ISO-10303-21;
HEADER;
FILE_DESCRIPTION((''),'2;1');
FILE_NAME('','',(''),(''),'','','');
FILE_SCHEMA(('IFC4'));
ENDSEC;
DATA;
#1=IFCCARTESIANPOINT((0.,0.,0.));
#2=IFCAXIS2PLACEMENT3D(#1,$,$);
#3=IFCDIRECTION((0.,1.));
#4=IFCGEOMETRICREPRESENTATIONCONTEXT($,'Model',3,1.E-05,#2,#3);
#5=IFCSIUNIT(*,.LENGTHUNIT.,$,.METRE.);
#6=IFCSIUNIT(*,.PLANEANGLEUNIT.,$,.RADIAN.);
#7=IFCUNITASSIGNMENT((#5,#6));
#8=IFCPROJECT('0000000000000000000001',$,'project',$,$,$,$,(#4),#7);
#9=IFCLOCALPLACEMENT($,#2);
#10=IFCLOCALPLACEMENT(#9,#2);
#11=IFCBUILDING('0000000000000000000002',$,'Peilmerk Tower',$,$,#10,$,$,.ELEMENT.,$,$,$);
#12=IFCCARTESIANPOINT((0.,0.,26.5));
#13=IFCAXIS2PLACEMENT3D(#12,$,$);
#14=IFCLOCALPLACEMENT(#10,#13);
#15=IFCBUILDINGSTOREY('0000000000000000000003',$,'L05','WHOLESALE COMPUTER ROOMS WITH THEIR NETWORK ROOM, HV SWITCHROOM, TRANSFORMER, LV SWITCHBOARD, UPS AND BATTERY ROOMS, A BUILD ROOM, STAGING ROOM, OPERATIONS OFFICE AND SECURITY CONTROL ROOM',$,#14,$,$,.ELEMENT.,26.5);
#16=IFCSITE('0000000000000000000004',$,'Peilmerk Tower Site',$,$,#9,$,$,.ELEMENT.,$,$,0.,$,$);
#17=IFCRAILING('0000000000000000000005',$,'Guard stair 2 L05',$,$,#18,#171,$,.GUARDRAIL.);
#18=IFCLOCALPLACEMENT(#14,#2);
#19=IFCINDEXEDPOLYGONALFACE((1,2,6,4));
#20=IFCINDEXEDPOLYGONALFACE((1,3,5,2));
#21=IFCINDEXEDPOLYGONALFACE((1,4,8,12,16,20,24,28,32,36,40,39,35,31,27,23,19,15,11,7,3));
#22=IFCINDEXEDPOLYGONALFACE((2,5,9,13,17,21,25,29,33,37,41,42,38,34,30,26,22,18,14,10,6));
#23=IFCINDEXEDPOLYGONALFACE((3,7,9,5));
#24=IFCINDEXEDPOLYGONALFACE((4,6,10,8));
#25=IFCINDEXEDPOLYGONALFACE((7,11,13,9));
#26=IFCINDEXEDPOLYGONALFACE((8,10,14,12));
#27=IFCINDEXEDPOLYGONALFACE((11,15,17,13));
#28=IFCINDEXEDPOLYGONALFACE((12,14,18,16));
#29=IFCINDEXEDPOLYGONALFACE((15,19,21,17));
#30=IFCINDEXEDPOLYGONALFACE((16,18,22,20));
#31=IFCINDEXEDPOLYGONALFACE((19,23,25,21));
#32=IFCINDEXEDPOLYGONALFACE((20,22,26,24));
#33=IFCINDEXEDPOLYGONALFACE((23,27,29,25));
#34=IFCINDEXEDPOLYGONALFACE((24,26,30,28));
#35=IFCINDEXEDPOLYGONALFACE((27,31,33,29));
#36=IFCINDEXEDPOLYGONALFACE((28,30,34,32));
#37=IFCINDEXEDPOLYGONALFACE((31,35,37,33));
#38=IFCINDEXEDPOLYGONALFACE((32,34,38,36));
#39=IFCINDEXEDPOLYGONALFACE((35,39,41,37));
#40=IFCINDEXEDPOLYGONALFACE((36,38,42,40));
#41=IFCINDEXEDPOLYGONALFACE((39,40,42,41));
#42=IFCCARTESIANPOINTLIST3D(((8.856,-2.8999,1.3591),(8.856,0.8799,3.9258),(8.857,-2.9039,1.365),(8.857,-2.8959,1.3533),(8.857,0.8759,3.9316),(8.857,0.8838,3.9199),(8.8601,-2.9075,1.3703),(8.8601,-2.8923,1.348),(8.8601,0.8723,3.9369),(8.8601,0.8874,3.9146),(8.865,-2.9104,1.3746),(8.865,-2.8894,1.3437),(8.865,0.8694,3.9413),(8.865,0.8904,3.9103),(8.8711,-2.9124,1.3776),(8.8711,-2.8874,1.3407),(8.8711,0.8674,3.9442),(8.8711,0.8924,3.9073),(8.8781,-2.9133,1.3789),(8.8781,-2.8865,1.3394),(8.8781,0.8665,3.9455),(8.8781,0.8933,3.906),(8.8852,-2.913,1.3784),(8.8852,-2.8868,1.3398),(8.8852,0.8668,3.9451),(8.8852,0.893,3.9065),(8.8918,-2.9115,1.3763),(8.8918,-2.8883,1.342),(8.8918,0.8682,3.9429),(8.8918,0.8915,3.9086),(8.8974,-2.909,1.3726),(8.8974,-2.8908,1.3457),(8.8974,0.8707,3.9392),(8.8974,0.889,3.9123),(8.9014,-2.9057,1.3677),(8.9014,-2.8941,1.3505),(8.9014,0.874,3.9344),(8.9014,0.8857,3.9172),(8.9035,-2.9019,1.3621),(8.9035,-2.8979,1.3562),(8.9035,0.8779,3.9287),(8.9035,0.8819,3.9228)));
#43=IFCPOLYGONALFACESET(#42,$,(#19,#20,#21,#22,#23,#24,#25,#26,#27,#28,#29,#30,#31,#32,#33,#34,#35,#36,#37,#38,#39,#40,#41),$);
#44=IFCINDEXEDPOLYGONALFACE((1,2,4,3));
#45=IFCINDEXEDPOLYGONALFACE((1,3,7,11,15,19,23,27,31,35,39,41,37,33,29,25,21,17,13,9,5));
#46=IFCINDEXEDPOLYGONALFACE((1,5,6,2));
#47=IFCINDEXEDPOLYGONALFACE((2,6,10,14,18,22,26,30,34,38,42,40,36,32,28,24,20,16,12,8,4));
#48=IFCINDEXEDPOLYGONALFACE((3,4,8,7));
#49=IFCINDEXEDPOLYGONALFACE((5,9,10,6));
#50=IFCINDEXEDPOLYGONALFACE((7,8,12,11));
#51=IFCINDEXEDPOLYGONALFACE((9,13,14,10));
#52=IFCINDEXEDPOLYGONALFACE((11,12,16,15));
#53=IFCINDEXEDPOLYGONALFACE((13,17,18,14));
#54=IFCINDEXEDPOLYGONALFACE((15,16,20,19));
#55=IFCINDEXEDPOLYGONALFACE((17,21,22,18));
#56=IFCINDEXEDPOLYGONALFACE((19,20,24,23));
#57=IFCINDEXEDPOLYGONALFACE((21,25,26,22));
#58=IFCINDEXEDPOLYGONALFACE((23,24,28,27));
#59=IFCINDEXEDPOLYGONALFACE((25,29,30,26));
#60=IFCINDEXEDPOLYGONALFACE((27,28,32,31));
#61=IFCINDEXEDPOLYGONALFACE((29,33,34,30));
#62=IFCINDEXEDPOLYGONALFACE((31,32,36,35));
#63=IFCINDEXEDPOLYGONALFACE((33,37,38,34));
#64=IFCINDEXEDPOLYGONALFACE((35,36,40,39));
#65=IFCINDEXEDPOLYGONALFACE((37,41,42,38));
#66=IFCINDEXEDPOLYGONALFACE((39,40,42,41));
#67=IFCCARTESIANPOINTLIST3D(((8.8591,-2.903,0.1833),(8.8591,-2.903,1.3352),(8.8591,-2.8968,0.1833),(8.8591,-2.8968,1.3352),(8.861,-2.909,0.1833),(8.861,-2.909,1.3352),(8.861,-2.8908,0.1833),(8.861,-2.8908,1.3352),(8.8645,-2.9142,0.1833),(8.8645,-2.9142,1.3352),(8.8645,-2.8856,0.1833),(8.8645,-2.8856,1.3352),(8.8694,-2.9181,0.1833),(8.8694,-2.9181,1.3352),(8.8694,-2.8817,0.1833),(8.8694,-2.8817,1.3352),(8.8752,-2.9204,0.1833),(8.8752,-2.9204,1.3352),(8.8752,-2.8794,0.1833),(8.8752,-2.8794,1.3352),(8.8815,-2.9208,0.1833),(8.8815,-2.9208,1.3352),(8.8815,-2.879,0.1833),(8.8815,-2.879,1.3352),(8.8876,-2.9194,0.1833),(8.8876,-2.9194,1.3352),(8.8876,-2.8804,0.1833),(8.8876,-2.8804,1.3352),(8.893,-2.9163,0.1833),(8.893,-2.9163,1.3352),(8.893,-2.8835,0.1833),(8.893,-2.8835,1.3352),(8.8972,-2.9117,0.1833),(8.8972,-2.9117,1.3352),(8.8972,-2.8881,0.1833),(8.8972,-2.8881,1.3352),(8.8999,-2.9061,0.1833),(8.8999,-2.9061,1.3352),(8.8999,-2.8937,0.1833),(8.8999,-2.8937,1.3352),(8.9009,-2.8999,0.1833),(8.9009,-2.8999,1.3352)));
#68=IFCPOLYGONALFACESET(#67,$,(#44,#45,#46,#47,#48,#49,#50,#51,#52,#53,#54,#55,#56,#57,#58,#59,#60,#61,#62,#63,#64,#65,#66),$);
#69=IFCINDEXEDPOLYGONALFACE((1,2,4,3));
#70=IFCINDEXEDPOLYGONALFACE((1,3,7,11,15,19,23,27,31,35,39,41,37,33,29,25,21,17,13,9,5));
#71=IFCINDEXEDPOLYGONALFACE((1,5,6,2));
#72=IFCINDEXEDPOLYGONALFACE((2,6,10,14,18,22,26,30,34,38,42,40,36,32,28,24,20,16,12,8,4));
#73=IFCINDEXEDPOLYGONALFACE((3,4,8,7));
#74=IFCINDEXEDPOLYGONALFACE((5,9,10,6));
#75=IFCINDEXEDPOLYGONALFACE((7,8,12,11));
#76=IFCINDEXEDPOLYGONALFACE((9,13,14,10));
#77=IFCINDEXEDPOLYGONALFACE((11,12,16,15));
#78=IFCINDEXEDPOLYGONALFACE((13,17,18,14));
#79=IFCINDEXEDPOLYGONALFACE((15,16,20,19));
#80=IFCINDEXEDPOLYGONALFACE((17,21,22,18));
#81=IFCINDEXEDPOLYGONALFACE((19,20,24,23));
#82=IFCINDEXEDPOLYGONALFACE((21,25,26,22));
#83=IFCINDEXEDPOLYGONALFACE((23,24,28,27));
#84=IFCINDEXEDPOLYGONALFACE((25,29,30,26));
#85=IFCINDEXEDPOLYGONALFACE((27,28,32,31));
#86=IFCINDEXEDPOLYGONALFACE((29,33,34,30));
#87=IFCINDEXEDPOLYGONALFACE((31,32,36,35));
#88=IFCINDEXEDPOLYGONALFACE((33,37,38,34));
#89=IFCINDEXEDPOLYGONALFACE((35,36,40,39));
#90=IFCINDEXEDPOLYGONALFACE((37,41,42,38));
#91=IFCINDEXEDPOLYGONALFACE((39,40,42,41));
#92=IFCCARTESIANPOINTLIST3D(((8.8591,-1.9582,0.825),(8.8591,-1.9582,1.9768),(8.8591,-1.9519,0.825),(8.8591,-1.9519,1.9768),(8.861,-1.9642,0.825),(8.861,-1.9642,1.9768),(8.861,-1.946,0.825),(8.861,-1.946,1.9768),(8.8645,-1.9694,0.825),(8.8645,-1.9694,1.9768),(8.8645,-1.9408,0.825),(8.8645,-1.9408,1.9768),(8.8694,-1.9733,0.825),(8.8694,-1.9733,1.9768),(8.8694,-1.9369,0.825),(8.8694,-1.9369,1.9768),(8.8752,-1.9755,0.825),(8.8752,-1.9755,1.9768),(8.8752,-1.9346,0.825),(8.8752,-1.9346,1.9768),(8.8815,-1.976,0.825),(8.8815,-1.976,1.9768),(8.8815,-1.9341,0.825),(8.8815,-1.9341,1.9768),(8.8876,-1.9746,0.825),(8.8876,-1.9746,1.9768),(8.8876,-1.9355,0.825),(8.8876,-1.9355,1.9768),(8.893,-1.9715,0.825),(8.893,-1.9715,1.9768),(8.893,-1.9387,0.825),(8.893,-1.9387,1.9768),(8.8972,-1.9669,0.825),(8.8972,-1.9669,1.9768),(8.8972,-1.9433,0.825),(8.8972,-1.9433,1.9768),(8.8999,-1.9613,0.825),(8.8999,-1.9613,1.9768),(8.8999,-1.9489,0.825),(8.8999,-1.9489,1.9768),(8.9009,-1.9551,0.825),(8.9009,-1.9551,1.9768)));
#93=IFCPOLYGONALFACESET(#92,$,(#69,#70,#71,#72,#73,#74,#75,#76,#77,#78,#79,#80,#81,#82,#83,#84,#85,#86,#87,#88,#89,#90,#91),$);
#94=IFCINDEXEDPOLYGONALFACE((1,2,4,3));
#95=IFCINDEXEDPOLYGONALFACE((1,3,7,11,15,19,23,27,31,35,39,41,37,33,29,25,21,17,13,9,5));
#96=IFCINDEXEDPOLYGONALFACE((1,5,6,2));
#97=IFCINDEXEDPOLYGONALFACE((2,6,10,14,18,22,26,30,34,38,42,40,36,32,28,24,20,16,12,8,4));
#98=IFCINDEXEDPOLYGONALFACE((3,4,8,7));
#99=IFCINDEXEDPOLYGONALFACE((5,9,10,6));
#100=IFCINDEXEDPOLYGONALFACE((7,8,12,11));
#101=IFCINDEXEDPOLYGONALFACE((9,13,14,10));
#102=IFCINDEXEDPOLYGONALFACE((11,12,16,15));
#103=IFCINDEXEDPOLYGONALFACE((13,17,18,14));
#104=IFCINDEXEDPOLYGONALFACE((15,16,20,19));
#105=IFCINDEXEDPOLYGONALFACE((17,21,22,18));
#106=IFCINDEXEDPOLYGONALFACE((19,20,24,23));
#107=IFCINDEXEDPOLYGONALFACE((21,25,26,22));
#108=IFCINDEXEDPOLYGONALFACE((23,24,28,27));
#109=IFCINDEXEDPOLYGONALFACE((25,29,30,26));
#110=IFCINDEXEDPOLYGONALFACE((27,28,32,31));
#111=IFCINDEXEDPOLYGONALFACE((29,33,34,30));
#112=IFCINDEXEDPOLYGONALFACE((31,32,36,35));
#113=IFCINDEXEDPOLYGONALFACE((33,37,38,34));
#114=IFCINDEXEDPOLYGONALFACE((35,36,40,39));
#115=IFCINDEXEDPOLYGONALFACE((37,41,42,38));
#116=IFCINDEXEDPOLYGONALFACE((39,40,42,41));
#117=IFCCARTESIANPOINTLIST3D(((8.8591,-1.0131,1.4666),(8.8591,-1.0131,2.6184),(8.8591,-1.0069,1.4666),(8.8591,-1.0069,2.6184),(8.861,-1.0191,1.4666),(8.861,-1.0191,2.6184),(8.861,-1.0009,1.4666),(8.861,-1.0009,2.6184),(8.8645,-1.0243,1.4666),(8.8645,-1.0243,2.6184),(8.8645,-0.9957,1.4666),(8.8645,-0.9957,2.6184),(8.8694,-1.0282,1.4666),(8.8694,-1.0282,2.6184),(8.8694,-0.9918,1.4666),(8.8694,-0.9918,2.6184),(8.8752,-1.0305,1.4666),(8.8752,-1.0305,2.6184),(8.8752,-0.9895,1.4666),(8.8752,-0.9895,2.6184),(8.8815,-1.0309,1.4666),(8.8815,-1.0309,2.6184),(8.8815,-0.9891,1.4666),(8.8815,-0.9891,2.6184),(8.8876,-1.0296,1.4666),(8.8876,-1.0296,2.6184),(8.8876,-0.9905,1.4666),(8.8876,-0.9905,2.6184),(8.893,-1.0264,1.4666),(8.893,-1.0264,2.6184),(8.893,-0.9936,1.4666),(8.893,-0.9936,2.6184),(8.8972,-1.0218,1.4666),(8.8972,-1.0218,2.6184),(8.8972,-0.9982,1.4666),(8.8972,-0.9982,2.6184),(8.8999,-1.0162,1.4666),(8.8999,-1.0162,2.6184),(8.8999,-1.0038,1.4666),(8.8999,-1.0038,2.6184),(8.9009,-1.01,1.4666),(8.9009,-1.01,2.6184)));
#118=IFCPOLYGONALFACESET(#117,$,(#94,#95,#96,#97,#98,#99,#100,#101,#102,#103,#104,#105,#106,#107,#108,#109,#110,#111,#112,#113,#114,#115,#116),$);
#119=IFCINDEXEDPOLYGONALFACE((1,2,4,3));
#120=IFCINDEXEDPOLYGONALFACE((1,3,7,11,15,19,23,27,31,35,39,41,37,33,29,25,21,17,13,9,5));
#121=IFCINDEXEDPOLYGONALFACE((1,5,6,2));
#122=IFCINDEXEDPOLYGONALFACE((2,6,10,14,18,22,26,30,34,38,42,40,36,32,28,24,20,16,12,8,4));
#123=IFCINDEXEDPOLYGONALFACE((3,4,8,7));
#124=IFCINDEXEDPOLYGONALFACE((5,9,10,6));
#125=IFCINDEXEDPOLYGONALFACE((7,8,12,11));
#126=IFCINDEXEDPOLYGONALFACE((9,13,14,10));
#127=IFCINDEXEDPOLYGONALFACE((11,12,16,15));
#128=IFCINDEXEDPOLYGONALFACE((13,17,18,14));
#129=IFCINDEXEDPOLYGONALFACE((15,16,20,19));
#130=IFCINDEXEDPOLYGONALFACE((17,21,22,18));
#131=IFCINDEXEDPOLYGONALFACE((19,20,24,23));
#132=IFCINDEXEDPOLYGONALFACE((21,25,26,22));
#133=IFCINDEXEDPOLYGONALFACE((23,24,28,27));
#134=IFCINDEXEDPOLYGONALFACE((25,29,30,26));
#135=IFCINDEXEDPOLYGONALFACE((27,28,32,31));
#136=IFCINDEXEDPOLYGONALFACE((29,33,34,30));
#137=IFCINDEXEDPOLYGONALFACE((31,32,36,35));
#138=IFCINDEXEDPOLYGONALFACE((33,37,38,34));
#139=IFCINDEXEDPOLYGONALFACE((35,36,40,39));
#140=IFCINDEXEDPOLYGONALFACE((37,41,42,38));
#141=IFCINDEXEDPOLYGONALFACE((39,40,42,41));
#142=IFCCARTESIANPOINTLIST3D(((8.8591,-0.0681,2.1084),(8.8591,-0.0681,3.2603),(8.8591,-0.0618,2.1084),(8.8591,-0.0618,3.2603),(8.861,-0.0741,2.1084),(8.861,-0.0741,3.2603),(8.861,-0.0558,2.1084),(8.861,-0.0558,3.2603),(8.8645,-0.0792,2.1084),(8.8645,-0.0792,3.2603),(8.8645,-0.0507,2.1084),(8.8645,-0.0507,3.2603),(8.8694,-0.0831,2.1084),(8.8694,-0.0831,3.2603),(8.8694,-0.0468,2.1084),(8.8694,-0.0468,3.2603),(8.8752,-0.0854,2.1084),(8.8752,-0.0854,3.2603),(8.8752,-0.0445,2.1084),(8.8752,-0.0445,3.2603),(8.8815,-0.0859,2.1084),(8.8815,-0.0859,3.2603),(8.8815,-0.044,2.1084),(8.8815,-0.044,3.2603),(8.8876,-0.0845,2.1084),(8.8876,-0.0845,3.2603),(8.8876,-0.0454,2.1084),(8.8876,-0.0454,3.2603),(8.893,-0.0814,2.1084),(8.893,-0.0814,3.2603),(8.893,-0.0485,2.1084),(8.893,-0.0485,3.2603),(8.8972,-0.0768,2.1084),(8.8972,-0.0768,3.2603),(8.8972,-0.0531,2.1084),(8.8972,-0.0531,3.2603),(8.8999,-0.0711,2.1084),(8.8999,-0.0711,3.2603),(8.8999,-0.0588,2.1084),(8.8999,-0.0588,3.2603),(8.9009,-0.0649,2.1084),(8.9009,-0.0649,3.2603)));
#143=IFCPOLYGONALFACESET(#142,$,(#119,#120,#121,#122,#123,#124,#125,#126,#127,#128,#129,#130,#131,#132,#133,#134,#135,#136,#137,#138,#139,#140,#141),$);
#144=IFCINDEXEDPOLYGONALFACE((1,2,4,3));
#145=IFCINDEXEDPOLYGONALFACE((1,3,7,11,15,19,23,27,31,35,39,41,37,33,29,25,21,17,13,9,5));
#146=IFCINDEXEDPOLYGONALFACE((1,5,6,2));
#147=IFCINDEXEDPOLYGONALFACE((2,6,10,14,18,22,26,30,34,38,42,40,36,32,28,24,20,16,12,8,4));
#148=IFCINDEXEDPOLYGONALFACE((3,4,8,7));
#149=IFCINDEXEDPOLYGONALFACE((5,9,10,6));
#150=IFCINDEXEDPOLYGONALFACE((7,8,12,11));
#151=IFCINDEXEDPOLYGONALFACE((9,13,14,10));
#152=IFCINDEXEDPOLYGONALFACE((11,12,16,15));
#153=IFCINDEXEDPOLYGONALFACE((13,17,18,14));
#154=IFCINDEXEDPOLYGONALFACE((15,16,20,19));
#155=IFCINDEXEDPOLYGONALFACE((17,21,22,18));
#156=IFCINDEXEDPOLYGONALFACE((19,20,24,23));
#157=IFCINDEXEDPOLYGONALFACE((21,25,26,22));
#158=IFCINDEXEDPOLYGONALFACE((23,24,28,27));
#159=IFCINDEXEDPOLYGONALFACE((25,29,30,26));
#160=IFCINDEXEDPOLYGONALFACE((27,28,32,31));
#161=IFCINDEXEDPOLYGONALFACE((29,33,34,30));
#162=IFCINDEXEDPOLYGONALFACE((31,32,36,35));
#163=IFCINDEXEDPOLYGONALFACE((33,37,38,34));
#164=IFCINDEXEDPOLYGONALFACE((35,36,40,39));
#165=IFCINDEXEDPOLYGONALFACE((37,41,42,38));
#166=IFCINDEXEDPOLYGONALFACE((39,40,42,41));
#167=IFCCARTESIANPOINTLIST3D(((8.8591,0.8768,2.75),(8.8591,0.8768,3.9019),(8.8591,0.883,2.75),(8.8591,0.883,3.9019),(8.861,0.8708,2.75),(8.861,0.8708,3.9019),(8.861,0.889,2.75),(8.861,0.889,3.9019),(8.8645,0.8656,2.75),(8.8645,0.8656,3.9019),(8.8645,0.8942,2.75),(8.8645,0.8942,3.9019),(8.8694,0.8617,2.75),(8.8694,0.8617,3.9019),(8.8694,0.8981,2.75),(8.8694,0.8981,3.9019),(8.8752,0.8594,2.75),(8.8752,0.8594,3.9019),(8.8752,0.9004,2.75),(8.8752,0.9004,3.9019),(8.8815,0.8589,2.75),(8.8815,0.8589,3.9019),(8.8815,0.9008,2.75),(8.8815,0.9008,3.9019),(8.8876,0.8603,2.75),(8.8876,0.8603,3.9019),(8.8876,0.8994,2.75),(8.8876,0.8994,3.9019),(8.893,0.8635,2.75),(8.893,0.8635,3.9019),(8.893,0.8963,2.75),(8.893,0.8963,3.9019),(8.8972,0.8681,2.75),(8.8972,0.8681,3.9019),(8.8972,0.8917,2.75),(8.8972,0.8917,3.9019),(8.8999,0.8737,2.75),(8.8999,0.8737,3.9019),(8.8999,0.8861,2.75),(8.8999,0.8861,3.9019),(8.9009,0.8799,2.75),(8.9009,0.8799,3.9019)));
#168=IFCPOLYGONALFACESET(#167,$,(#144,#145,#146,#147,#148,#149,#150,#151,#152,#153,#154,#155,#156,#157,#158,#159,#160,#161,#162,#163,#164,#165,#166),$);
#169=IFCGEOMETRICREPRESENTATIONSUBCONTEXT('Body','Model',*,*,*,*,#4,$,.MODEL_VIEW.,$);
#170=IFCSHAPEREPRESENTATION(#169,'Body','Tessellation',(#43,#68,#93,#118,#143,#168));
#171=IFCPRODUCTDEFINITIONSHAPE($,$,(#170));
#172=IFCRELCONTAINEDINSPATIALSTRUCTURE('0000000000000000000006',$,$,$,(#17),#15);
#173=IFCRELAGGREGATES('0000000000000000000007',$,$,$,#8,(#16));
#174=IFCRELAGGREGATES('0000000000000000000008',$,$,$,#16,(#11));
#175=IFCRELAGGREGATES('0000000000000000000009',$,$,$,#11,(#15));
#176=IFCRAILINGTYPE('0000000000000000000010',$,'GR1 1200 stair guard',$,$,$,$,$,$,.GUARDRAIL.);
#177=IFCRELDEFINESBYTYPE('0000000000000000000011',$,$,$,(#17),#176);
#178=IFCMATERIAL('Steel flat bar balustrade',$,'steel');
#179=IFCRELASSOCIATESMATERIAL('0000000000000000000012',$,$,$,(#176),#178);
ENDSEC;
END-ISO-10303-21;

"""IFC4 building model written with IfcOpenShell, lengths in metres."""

from ifc_helpers import new_model, si_unit, direction, frame, origin, origin_2d, place, context, subcontext, project, spatial, circle, extrude, material, type_object, element, save


model = new_model("IFC4")

# Units and contexts
model_context = context("Model", 3, precision=1e-05, world=origin(), true_north=direction((0.0, 1.0)))
body_context = subcontext(model_context, "Body", "Model", "MODEL_VIEW")
ifc_project = project(units=[si_unit("LENGTHUNIT", "METRE"), si_unit("PLANEANGLEUNIT", "RADIAN")], contexts=[model_context])

# Site, building, storey
site_placement = place(None, origin())
site = spatial("IfcSite", under=ifc_project, at=site_placement, Name="Peilmerk Tower Site", CompositionType="ELEMENT", RefElevation=0.0)
building_placement = place(site_placement, origin())
building = spatial("IfcBuilding", under=site, at=building_placement, Name="Peilmerk Tower", CompositionType="ELEMENT")
storey_placement = place(building_placement, frame((0.0, 0.0, 26.5)))
storey = spatial("IfcBuildingStorey", under=building, at=storey_placement, Name="L05", Description="WHOLESALE COMPUTER ROOMS WITH THEIR NETWORK ROOM, HV SWITCHROOM, TRANSFORMER, LV SWITCHBOARD, UPS AND BATTERY ROOMS, A BUILD ROOM, STAGING ROOM, OPERATIONS OFFICE AND SECURITY CONTROL ROOM", CompositionType="ELEMENT", Elevation=26.5)

# Railing
ifc_material_1 = material(Name="Steel flat bar balustrade", Category="steel")
railing_type_1 = type_object("IfcRailingType", Name="GR1 1200 stair guard", PredefinedType="GUARDRAIL", material=ifc_material_1)
railing_1_placement = place(storey_placement, frame((8.8799, -2.8999, 0.1833)))
element("IfcRailing", 1, at=railing_1_placement, inside=storey, type_object=railing_type_1, Name="Guard stair 2 L05", PredefinedType="GUARDRAIL", context=body_context, shape_type="SweptSolid", body=[
    extrude(circle(Radius=0.0239, at=origin_2d()), frame((0.0, 0.0, 1.1758), z_axis=(0.0, 0.827293, 0.561771), x_axis=(-1.0, 0.0, 0.0)), (0.0, 0.0, 1.0), 4.5688),
    extrude(circle(Radius=0.021, at=origin_2d()), origin(), (0.0, 0.0, 1.0), 1.1519),
    extrude(circle(Radius=0.021, at=origin_2d()), frame((0.0, 0.9448, 0.6416)), (0.0, 0.0, 1.0), 1.1519),
    extrude(circle(Radius=0.021, at=origin_2d()), frame((0.0, 1.8899, 1.2832)), (0.0, 0.0, 1.0), 1.1519),
    extrude(circle(Radius=0.021, at=origin_2d()), frame((0.0, 2.835, 1.925)), (0.0, 0.0, 1.0), 1.1519),
    extrude(circle(Radius=0.021, at=origin_2d()), frame((0.0, 3.7798, 2.5667)), (0.0, 0.0, 1.0), 1.1519),
])

save(model, "model.ifc")
